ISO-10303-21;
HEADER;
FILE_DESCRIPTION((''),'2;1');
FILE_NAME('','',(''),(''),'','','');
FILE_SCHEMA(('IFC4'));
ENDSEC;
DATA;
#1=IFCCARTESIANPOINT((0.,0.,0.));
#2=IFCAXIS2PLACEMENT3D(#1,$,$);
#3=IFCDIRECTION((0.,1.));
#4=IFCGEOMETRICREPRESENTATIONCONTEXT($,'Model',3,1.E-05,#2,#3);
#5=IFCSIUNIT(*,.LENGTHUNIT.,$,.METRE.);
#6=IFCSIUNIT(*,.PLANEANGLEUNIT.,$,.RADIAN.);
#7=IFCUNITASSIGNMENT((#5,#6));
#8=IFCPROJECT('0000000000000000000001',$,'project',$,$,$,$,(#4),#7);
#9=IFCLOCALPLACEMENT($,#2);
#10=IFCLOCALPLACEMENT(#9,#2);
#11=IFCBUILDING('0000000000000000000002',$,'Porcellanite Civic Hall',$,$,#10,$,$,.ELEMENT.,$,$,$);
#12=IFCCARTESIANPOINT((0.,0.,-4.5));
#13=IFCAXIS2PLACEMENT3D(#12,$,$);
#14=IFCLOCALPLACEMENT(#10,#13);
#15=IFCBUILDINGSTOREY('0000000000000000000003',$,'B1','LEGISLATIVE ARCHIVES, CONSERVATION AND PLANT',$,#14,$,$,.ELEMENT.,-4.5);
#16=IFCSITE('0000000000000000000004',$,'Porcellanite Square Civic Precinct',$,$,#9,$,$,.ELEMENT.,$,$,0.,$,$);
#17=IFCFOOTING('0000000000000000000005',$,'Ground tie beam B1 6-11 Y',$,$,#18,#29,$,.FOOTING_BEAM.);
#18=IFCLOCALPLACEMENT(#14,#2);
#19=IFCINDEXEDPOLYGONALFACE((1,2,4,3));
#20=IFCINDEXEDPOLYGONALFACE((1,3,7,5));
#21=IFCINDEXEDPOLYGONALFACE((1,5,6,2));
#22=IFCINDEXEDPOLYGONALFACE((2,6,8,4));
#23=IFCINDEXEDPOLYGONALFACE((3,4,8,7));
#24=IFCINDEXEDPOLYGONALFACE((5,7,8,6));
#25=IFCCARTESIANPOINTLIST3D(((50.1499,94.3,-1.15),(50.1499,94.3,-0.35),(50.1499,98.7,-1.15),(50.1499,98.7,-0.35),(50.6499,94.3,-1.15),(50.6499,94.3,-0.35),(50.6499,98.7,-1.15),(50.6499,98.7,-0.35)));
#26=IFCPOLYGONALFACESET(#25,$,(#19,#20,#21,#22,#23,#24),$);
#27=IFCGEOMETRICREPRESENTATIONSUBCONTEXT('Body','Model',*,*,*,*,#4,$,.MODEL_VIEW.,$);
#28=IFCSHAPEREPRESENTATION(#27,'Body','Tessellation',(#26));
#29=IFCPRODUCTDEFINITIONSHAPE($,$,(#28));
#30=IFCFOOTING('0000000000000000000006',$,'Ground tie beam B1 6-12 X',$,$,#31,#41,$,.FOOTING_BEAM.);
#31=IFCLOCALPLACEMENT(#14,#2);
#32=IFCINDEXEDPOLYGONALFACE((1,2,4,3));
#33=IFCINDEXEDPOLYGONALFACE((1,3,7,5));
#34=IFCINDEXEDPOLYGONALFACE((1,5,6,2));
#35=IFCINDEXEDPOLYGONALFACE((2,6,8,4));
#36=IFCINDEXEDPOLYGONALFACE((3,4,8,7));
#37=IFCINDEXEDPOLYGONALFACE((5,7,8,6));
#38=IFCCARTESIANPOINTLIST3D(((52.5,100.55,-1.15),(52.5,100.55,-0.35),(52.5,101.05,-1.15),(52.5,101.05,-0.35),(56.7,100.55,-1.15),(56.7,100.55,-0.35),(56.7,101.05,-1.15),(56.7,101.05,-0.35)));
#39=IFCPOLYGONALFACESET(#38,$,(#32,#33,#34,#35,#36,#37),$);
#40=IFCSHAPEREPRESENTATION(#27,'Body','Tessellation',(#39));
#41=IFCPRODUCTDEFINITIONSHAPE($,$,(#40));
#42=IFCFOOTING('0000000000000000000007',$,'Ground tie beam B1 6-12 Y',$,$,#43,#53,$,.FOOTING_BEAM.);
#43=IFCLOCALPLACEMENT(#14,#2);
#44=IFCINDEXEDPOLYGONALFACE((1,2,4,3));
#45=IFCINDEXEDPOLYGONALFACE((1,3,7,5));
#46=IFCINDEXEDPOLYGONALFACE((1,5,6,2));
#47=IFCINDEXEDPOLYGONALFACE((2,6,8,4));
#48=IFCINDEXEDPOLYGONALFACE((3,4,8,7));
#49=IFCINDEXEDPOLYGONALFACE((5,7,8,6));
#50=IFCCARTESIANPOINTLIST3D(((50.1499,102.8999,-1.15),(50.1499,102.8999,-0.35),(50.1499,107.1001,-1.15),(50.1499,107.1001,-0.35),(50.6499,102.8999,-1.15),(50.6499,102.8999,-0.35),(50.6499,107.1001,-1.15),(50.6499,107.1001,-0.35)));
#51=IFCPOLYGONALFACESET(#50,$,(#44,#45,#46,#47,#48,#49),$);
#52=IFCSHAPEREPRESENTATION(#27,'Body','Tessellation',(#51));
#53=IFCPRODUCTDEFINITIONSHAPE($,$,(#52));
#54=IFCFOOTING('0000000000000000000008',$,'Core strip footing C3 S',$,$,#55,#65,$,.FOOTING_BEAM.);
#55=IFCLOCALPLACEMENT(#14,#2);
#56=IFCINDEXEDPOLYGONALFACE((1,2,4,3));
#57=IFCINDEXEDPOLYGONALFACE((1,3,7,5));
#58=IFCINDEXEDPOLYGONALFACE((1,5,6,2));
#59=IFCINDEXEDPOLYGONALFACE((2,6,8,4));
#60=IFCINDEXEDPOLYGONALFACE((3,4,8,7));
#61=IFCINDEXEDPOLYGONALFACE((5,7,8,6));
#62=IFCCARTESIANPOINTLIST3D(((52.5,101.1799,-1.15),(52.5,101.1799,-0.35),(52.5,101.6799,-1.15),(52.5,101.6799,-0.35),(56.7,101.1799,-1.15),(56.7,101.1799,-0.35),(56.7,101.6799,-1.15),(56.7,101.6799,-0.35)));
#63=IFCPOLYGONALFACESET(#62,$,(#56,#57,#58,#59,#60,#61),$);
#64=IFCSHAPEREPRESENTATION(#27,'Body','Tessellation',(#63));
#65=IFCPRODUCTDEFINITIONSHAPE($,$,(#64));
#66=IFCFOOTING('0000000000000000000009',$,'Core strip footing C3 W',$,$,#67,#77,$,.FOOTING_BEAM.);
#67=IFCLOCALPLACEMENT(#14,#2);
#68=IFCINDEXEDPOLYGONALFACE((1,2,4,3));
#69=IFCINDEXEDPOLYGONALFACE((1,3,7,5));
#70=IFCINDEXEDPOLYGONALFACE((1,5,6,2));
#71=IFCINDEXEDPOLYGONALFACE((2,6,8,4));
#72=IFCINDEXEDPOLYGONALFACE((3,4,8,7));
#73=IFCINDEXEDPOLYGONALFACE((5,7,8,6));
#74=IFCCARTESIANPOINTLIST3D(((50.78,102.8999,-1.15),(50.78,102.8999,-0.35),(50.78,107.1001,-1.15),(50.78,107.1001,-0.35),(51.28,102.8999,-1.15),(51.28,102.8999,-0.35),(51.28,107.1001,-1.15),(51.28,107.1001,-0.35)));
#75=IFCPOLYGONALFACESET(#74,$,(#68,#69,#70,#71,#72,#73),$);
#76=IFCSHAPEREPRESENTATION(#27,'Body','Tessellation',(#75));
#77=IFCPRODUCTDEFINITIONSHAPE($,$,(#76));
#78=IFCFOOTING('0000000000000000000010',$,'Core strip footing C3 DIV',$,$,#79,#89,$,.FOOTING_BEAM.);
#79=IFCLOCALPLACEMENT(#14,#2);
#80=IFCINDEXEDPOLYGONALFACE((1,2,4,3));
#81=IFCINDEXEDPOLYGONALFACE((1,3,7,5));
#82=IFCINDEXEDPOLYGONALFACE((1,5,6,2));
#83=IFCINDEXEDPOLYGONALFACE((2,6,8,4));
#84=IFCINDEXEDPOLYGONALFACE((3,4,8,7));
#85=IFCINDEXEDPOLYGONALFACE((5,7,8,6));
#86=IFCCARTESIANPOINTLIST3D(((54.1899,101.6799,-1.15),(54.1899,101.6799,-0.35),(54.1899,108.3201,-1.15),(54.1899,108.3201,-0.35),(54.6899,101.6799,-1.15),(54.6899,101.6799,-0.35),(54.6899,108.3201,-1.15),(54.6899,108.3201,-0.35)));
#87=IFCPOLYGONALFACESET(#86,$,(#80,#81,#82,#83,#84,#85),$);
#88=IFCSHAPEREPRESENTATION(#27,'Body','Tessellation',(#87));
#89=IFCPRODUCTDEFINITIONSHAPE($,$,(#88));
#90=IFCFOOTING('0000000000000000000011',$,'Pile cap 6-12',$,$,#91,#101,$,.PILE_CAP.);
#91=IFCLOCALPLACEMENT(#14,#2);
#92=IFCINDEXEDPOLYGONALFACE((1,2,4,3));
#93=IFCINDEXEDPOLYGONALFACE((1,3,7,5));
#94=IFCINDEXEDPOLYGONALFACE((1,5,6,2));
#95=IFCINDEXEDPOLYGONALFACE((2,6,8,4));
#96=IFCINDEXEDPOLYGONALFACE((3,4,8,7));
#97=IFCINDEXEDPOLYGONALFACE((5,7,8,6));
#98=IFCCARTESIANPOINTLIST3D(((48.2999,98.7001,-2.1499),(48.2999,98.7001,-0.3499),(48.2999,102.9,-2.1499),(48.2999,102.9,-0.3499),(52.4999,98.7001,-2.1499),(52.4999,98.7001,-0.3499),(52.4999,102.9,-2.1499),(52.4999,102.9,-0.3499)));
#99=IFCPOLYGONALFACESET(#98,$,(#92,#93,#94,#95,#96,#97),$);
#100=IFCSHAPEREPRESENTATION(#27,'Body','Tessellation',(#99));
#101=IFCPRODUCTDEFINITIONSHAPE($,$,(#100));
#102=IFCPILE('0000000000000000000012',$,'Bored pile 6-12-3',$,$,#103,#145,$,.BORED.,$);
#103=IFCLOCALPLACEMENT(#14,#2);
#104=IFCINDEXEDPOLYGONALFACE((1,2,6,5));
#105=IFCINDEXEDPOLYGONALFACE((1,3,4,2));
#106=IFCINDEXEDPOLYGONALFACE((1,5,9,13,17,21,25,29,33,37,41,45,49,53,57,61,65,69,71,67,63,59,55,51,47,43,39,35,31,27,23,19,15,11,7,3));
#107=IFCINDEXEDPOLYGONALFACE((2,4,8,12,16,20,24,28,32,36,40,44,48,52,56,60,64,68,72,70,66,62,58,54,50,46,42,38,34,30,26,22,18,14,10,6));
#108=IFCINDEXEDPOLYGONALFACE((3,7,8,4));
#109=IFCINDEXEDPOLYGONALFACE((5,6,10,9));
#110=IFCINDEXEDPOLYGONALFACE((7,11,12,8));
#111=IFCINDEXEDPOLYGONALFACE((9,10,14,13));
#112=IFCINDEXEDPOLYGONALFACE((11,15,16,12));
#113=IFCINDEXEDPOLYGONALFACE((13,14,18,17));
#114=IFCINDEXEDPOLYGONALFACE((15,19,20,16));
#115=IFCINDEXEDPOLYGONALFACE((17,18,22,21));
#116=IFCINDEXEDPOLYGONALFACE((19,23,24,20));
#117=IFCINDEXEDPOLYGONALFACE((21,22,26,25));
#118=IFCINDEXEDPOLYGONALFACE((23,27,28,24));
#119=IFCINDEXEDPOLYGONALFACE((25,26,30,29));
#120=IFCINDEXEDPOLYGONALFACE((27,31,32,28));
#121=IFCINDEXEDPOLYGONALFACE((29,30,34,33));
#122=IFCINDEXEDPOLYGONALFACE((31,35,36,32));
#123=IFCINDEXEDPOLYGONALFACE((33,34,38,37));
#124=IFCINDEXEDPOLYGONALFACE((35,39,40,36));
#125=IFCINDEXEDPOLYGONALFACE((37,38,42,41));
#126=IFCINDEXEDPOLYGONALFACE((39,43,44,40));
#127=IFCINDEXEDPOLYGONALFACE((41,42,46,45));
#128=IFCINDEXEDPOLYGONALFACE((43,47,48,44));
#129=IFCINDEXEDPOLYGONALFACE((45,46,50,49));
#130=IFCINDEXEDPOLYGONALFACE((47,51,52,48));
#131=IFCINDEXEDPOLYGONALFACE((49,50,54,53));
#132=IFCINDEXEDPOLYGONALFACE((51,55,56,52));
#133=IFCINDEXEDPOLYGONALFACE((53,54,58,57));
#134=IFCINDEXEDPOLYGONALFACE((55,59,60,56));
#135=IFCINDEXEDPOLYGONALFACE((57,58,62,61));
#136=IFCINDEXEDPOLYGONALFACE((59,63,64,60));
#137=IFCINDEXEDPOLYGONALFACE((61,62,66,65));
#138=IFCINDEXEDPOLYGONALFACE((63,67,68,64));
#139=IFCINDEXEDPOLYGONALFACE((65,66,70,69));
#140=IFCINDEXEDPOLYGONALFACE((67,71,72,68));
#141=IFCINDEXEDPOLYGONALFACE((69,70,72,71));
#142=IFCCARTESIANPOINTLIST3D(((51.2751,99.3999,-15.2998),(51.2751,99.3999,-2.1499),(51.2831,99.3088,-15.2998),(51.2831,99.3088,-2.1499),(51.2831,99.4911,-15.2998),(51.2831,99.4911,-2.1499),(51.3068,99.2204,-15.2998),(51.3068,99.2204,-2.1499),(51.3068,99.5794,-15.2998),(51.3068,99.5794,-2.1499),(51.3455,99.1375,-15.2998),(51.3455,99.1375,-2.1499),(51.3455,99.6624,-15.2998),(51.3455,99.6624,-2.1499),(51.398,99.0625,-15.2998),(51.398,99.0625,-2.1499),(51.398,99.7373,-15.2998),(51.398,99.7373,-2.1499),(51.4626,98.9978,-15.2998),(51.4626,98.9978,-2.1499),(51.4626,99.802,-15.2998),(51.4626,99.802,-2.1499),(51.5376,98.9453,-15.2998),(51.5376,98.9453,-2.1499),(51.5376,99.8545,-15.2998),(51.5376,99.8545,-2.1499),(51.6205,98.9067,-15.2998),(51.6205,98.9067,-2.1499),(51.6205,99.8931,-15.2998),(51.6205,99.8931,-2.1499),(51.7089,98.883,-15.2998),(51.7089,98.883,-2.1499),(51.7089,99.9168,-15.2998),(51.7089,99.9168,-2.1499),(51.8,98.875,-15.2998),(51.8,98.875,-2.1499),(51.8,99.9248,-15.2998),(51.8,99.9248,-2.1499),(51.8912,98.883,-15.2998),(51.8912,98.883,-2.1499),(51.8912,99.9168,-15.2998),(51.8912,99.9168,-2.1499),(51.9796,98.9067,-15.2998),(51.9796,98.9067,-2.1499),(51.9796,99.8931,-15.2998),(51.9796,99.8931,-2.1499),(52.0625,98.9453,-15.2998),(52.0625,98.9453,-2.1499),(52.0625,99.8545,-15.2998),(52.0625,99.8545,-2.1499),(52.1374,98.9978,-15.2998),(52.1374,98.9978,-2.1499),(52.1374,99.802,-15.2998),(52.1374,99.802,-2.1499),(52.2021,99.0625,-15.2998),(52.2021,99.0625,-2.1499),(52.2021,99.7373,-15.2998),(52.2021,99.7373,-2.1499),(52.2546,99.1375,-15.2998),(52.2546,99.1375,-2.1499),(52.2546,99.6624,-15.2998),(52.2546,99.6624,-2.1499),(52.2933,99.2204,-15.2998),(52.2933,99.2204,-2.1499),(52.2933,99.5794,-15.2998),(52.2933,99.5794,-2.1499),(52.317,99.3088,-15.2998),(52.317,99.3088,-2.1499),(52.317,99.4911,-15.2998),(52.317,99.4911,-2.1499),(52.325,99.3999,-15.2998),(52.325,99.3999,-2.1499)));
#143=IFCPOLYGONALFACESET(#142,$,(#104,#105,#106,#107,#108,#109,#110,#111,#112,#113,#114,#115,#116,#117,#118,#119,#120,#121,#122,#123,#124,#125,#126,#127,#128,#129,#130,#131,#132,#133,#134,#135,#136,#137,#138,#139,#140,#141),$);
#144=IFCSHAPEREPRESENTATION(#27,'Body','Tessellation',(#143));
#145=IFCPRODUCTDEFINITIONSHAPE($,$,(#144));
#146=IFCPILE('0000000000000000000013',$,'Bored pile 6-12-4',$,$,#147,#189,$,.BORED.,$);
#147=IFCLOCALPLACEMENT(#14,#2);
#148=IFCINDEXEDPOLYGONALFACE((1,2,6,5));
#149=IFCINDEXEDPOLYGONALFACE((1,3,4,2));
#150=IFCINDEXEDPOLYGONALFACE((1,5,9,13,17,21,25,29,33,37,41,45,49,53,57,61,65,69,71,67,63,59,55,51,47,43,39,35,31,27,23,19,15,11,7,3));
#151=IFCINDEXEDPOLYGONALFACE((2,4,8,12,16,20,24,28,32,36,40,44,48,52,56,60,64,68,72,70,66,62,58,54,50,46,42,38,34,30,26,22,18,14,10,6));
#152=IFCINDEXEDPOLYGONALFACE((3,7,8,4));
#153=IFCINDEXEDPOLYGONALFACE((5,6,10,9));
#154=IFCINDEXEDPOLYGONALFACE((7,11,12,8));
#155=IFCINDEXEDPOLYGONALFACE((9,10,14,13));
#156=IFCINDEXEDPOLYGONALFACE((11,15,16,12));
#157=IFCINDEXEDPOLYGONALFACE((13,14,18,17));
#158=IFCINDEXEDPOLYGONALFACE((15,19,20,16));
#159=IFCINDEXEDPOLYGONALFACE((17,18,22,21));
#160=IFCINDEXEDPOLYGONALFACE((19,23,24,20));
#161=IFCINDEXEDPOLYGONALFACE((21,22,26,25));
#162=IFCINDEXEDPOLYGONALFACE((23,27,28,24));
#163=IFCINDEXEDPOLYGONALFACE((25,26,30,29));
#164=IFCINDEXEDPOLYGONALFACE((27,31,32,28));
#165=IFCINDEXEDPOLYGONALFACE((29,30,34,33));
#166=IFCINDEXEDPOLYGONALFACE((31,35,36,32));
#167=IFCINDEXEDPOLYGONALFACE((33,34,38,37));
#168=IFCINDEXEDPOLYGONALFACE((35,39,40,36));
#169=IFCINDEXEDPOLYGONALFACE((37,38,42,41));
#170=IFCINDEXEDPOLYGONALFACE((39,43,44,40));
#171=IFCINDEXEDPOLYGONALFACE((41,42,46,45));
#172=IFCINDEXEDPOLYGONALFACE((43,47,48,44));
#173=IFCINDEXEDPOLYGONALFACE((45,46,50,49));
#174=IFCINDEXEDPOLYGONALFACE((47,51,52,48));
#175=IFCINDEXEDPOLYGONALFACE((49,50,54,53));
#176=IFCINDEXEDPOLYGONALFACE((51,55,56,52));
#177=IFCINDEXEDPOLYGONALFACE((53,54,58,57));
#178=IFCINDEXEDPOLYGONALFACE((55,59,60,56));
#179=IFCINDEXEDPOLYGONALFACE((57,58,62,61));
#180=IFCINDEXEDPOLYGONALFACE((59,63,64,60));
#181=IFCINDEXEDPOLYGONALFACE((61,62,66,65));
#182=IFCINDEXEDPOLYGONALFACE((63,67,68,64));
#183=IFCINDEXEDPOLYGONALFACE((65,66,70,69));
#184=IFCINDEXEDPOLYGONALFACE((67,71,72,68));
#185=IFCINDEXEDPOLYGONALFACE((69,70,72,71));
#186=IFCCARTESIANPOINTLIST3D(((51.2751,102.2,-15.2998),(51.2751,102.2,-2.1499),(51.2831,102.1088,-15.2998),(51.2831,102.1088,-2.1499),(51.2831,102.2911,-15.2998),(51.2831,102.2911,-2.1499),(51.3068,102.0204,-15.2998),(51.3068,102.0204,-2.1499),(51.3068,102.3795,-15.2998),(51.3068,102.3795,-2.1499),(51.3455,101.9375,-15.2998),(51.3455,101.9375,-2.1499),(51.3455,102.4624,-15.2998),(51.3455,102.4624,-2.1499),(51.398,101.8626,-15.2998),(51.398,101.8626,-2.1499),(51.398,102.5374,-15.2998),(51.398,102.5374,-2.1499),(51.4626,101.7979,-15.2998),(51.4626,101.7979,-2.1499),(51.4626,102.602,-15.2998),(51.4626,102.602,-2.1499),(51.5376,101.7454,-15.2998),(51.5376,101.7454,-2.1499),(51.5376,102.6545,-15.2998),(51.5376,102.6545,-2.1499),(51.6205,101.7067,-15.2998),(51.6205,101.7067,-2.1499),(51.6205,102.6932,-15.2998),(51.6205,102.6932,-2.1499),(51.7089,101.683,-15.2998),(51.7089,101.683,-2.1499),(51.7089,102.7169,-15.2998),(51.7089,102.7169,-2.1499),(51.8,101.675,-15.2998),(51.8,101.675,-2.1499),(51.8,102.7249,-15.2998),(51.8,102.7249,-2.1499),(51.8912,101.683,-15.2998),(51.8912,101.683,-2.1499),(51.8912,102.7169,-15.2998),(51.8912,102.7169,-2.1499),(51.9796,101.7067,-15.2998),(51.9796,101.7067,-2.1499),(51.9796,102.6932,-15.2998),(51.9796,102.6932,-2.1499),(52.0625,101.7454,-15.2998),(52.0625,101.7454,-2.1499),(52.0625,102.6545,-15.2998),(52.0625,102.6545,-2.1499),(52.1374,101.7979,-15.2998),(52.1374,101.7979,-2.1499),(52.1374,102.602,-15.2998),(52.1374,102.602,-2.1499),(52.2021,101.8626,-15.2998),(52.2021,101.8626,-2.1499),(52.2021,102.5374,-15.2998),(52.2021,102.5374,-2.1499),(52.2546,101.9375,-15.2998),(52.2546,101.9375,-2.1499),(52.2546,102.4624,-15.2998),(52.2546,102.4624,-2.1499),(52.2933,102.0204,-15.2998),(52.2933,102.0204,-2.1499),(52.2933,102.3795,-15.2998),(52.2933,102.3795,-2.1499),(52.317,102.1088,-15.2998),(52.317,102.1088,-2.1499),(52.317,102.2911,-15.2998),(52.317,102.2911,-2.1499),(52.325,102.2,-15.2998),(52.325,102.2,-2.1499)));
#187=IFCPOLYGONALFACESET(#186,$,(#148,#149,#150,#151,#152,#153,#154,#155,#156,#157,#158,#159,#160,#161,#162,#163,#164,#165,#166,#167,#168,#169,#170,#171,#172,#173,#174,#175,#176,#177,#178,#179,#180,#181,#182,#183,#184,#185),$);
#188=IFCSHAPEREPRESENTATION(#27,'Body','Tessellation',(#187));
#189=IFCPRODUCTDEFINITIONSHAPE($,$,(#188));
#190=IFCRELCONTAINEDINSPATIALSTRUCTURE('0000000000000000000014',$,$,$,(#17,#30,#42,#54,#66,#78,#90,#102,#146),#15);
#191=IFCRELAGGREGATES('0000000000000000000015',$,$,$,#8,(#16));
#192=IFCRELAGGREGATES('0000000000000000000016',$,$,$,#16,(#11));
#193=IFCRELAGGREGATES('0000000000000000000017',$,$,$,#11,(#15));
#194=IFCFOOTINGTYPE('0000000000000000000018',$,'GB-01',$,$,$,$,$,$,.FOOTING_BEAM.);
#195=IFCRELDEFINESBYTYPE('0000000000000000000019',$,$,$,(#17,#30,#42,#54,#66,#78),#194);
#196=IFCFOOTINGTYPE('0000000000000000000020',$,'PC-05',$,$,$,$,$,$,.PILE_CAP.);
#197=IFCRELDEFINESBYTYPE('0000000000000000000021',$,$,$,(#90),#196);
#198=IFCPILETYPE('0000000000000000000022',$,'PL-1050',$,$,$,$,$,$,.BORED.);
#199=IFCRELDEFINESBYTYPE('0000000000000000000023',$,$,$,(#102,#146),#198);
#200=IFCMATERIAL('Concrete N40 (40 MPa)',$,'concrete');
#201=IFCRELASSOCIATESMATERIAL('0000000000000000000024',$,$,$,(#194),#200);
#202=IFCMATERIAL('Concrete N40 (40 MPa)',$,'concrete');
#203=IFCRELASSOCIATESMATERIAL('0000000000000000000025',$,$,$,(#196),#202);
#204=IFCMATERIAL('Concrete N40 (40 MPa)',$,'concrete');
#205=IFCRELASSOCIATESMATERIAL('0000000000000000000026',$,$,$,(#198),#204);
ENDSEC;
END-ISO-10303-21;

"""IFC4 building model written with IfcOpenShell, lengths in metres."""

from ifc_helpers import new_model, si_unit, direction, frame, origin, origin_2d, place, context, subcontext, project, spatial, rectangle, circle, extrude, material, material_profile, profile_set, type_object, element, save


model = new_model("IFC4")

# Units and contexts
model_context = context("Model", 3, precision=1e-05, world=origin(), true_north=direction((0.0, 1.0)))
body_context = subcontext(model_context, "Body", "Model", "MODEL_VIEW")
ifc_project = project(units=[si_unit("LENGTHUNIT", "METRE"), si_unit("PLANEANGLEUNIT", "RADIAN")], contexts=[model_context])

# Site, building, storey
site_placement = place(None, origin())
site = spatial("IfcSite", under=ifc_project, at=site_placement, Name="Porcellanite Square Civic Precinct", CompositionType="ELEMENT", RefElevation=0.0)
building_placement = place(site_placement, origin())
building = spatial("IfcBuilding", under=site, at=building_placement, Name="Porcellanite Civic Hall", CompositionType="ELEMENT")
storey_placement = place(building_placement, frame((0.0, 0.0, -4.5)))
storey = spatial("IfcBuildingStorey", under=building, at=storey_placement, Name="B1", Description="LEGISLATIVE ARCHIVES, CONSERVATION AND PLANT", CompositionType="ELEMENT", Elevation=-4.5)

# Footings
ifc_material_1 = material(Name="Concrete N40 (40 MPa)", Category="concrete")
ifc_material_profile_1 = material_profile(ifc_material_1, rectangle(XDim=0.5, YDim=0.8, at=origin_2d()), Name="RC-500x800")
ifc_profile_set_1 = profile_set([ifc_material_profile_1], Name="Concrete N40 (40 MPa)")
footing_type_1 = type_object("IfcFootingType", Name="GB-01", PredefinedType="FOOTING_BEAM", material=ifc_profile_set_1)
footing_1_placement = place(storey_placement, frame((50.3999, 94.3, -0.75), z_axis=(0.0, 1.0, 0.0), x_axis=(-1.0, 0.0, 0.0)))
element("IfcFooting", 1, at=footing_1_placement, inside=storey, type_object=footing_type_1, Name="Ground tie beam B1 6-11 Y", PredefinedType="FOOTING_BEAM", context=body_context, shape_type="SweptSolid", body=[
    extrude(rectangle(XDim=0.5, YDim=0.8, at=origin_2d()), origin(), (0.0, 0.0, 1.0), 4.3999),
])
footing_2_placement = place(storey_placement, frame((52.5, 100.8, -0.75), z_axis=(1.0, 0.0, 0.0), x_axis=(0.0, 1.0, 0.0)))
element("IfcFooting", 2, at=footing_2_placement, inside=storey, type_object=footing_type_1, Name="Ground tie beam B1 6-12 X", PredefinedType="FOOTING_BEAM", context=body_context, shape_type="SweptSolid", body=[
    extrude(rectangle(XDim=0.5, YDim=0.8, at=origin_2d()), origin(), (0.0, 0.0, 1.0), 4.2),
])
footing_3_placement = place(storey_placement, frame((50.3999, 102.8999, -0.75), z_axis=(0.0, 1.0, 0.0), x_axis=(-1.0, 0.0, 0.0)))
element("IfcFooting", 3, at=footing_3_placement, inside=storey, type_object=footing_type_1, Name="Ground tie beam B1 6-12 Y", PredefinedType="FOOTING_BEAM", context=body_context, shape_type="SweptSolid", body=[
    extrude(rectangle(XDim=0.5, YDim=0.8, at=origin_2d()), origin(), (0.0, 0.0, 1.0), 4.2002),
])
footing_4_placement = place(storey_placement, frame((52.5, 101.4299, -0.75), z_axis=(1.0, 0.0, 0.0), x_axis=(0.0, 1.0, 0.0)))
element("IfcFooting", 4, at=footing_4_placement, inside=storey, type_object=footing_type_1, Name="Core strip footing C3 S", PredefinedType="FOOTING_BEAM", context=body_context, shape_type="SweptSolid", body=[
    extrude(rectangle(XDim=0.5, YDim=0.8, at=origin_2d()), origin(), (0.0, 0.0, 1.0), 4.2),
])
footing_5_placement = place(storey_placement, frame((51.03, 102.8999, -0.75), z_axis=(0.0, 1.0, 0.0), x_axis=(-1.0, 0.0, 0.0)))
element("IfcFooting", 5, at=footing_5_placement, inside=storey, type_object=footing_type_1, Name="Core strip footing C3 W", PredefinedType="FOOTING_BEAM", context=body_context, shape_type="SweptSolid", body=[
    extrude(rectangle(XDim=0.5, YDim=0.8, at=origin_2d()), origin(), (0.0, 0.0, 1.0), 4.2002),
])
footing_6_placement = place(storey_placement, frame((54.4399, 101.6799, -0.75), z_axis=(0.0, 1.0, 0.0), x_axis=(-1.0, 0.0, 0.0)))
element("IfcFooting", 6, at=footing_6_placement, inside=storey, type_object=footing_type_1, Name="Core strip footing C3 DIV", PredefinedType="FOOTING_BEAM", context=body_context, shape_type="SweptSolid", body=[
    extrude(rectangle(XDim=0.5, YDim=0.8, at=origin_2d()), origin(), (0.0, 0.0, 1.0), 6.6401),
])
ifc_material_2 = material(Name="Concrete N40 (40 MPa)", Category="concrete")
footing_type_2 = type_object("IfcFootingType", Name="PC-05", PredefinedType="PILE_CAP", material=ifc_material_2)
footing_7_placement = place(storey_placement, frame((50.3999, 100.8, -2.1499), z_axis=(0.0, 0.0, 1.0), x_axis=(1.0, 0.0, 0.0)))
element("IfcFooting", 7, at=footing_7_placement, inside=storey, type_object=footing_type_2, Name="Pile cap 6-12", PredefinedType="PILE_CAP", context=body_context, shape_type="SweptSolid", body=[
    extrude(rectangle(XDim=4.2, YDim=4.2, at=origin_2d()), origin(), (0.0, 0.0, 1.0), 1.8),
])

# Piles
ifc_material_3 = material(Name="Concrete N40 (40 MPa)", Category="concrete")
ifc_material_profile_2 = material_profile(ifc_material_3, circle(Radius=0.5249, at=origin_2d()), Name="PILE-D1050")
ifc_profile_set_2 = profile_set([ifc_material_profile_2], Name="Concrete N40 (40 MPa)")
pile_type = type_object("IfcPileType", Name="PL-1050", PredefinedType="BORED", material=ifc_profile_set_2)
for number, where, z_axis, x_axis, name in (
    (8, (51.8, 99.3999, -2.1499), (0.0, 0.0, -1.0), (1.0, 0.0, 0.0), "Bored pile 6-12-3"),
    (9, (51.8, 102.2, -2.1499), (0.0, 0.0, -1.0), (1.0, 0.0, 0.0), "Bored pile 6-12-4"),
):
    element("IfcPile", number, at=place(storey_placement, frame(where, z_axis=z_axis, x_axis=x_axis)), inside=storey, type_object=pile_type, Name=name, PredefinedType="BORED", context=body_context, shape_type="SweptSolid", body=[
        extrude(circle(Radius=0.5249, at=origin_2d()), origin(), (0.0, 0.0, 1.0), 13.1499),
    ])

save(model, "model.ifc")
